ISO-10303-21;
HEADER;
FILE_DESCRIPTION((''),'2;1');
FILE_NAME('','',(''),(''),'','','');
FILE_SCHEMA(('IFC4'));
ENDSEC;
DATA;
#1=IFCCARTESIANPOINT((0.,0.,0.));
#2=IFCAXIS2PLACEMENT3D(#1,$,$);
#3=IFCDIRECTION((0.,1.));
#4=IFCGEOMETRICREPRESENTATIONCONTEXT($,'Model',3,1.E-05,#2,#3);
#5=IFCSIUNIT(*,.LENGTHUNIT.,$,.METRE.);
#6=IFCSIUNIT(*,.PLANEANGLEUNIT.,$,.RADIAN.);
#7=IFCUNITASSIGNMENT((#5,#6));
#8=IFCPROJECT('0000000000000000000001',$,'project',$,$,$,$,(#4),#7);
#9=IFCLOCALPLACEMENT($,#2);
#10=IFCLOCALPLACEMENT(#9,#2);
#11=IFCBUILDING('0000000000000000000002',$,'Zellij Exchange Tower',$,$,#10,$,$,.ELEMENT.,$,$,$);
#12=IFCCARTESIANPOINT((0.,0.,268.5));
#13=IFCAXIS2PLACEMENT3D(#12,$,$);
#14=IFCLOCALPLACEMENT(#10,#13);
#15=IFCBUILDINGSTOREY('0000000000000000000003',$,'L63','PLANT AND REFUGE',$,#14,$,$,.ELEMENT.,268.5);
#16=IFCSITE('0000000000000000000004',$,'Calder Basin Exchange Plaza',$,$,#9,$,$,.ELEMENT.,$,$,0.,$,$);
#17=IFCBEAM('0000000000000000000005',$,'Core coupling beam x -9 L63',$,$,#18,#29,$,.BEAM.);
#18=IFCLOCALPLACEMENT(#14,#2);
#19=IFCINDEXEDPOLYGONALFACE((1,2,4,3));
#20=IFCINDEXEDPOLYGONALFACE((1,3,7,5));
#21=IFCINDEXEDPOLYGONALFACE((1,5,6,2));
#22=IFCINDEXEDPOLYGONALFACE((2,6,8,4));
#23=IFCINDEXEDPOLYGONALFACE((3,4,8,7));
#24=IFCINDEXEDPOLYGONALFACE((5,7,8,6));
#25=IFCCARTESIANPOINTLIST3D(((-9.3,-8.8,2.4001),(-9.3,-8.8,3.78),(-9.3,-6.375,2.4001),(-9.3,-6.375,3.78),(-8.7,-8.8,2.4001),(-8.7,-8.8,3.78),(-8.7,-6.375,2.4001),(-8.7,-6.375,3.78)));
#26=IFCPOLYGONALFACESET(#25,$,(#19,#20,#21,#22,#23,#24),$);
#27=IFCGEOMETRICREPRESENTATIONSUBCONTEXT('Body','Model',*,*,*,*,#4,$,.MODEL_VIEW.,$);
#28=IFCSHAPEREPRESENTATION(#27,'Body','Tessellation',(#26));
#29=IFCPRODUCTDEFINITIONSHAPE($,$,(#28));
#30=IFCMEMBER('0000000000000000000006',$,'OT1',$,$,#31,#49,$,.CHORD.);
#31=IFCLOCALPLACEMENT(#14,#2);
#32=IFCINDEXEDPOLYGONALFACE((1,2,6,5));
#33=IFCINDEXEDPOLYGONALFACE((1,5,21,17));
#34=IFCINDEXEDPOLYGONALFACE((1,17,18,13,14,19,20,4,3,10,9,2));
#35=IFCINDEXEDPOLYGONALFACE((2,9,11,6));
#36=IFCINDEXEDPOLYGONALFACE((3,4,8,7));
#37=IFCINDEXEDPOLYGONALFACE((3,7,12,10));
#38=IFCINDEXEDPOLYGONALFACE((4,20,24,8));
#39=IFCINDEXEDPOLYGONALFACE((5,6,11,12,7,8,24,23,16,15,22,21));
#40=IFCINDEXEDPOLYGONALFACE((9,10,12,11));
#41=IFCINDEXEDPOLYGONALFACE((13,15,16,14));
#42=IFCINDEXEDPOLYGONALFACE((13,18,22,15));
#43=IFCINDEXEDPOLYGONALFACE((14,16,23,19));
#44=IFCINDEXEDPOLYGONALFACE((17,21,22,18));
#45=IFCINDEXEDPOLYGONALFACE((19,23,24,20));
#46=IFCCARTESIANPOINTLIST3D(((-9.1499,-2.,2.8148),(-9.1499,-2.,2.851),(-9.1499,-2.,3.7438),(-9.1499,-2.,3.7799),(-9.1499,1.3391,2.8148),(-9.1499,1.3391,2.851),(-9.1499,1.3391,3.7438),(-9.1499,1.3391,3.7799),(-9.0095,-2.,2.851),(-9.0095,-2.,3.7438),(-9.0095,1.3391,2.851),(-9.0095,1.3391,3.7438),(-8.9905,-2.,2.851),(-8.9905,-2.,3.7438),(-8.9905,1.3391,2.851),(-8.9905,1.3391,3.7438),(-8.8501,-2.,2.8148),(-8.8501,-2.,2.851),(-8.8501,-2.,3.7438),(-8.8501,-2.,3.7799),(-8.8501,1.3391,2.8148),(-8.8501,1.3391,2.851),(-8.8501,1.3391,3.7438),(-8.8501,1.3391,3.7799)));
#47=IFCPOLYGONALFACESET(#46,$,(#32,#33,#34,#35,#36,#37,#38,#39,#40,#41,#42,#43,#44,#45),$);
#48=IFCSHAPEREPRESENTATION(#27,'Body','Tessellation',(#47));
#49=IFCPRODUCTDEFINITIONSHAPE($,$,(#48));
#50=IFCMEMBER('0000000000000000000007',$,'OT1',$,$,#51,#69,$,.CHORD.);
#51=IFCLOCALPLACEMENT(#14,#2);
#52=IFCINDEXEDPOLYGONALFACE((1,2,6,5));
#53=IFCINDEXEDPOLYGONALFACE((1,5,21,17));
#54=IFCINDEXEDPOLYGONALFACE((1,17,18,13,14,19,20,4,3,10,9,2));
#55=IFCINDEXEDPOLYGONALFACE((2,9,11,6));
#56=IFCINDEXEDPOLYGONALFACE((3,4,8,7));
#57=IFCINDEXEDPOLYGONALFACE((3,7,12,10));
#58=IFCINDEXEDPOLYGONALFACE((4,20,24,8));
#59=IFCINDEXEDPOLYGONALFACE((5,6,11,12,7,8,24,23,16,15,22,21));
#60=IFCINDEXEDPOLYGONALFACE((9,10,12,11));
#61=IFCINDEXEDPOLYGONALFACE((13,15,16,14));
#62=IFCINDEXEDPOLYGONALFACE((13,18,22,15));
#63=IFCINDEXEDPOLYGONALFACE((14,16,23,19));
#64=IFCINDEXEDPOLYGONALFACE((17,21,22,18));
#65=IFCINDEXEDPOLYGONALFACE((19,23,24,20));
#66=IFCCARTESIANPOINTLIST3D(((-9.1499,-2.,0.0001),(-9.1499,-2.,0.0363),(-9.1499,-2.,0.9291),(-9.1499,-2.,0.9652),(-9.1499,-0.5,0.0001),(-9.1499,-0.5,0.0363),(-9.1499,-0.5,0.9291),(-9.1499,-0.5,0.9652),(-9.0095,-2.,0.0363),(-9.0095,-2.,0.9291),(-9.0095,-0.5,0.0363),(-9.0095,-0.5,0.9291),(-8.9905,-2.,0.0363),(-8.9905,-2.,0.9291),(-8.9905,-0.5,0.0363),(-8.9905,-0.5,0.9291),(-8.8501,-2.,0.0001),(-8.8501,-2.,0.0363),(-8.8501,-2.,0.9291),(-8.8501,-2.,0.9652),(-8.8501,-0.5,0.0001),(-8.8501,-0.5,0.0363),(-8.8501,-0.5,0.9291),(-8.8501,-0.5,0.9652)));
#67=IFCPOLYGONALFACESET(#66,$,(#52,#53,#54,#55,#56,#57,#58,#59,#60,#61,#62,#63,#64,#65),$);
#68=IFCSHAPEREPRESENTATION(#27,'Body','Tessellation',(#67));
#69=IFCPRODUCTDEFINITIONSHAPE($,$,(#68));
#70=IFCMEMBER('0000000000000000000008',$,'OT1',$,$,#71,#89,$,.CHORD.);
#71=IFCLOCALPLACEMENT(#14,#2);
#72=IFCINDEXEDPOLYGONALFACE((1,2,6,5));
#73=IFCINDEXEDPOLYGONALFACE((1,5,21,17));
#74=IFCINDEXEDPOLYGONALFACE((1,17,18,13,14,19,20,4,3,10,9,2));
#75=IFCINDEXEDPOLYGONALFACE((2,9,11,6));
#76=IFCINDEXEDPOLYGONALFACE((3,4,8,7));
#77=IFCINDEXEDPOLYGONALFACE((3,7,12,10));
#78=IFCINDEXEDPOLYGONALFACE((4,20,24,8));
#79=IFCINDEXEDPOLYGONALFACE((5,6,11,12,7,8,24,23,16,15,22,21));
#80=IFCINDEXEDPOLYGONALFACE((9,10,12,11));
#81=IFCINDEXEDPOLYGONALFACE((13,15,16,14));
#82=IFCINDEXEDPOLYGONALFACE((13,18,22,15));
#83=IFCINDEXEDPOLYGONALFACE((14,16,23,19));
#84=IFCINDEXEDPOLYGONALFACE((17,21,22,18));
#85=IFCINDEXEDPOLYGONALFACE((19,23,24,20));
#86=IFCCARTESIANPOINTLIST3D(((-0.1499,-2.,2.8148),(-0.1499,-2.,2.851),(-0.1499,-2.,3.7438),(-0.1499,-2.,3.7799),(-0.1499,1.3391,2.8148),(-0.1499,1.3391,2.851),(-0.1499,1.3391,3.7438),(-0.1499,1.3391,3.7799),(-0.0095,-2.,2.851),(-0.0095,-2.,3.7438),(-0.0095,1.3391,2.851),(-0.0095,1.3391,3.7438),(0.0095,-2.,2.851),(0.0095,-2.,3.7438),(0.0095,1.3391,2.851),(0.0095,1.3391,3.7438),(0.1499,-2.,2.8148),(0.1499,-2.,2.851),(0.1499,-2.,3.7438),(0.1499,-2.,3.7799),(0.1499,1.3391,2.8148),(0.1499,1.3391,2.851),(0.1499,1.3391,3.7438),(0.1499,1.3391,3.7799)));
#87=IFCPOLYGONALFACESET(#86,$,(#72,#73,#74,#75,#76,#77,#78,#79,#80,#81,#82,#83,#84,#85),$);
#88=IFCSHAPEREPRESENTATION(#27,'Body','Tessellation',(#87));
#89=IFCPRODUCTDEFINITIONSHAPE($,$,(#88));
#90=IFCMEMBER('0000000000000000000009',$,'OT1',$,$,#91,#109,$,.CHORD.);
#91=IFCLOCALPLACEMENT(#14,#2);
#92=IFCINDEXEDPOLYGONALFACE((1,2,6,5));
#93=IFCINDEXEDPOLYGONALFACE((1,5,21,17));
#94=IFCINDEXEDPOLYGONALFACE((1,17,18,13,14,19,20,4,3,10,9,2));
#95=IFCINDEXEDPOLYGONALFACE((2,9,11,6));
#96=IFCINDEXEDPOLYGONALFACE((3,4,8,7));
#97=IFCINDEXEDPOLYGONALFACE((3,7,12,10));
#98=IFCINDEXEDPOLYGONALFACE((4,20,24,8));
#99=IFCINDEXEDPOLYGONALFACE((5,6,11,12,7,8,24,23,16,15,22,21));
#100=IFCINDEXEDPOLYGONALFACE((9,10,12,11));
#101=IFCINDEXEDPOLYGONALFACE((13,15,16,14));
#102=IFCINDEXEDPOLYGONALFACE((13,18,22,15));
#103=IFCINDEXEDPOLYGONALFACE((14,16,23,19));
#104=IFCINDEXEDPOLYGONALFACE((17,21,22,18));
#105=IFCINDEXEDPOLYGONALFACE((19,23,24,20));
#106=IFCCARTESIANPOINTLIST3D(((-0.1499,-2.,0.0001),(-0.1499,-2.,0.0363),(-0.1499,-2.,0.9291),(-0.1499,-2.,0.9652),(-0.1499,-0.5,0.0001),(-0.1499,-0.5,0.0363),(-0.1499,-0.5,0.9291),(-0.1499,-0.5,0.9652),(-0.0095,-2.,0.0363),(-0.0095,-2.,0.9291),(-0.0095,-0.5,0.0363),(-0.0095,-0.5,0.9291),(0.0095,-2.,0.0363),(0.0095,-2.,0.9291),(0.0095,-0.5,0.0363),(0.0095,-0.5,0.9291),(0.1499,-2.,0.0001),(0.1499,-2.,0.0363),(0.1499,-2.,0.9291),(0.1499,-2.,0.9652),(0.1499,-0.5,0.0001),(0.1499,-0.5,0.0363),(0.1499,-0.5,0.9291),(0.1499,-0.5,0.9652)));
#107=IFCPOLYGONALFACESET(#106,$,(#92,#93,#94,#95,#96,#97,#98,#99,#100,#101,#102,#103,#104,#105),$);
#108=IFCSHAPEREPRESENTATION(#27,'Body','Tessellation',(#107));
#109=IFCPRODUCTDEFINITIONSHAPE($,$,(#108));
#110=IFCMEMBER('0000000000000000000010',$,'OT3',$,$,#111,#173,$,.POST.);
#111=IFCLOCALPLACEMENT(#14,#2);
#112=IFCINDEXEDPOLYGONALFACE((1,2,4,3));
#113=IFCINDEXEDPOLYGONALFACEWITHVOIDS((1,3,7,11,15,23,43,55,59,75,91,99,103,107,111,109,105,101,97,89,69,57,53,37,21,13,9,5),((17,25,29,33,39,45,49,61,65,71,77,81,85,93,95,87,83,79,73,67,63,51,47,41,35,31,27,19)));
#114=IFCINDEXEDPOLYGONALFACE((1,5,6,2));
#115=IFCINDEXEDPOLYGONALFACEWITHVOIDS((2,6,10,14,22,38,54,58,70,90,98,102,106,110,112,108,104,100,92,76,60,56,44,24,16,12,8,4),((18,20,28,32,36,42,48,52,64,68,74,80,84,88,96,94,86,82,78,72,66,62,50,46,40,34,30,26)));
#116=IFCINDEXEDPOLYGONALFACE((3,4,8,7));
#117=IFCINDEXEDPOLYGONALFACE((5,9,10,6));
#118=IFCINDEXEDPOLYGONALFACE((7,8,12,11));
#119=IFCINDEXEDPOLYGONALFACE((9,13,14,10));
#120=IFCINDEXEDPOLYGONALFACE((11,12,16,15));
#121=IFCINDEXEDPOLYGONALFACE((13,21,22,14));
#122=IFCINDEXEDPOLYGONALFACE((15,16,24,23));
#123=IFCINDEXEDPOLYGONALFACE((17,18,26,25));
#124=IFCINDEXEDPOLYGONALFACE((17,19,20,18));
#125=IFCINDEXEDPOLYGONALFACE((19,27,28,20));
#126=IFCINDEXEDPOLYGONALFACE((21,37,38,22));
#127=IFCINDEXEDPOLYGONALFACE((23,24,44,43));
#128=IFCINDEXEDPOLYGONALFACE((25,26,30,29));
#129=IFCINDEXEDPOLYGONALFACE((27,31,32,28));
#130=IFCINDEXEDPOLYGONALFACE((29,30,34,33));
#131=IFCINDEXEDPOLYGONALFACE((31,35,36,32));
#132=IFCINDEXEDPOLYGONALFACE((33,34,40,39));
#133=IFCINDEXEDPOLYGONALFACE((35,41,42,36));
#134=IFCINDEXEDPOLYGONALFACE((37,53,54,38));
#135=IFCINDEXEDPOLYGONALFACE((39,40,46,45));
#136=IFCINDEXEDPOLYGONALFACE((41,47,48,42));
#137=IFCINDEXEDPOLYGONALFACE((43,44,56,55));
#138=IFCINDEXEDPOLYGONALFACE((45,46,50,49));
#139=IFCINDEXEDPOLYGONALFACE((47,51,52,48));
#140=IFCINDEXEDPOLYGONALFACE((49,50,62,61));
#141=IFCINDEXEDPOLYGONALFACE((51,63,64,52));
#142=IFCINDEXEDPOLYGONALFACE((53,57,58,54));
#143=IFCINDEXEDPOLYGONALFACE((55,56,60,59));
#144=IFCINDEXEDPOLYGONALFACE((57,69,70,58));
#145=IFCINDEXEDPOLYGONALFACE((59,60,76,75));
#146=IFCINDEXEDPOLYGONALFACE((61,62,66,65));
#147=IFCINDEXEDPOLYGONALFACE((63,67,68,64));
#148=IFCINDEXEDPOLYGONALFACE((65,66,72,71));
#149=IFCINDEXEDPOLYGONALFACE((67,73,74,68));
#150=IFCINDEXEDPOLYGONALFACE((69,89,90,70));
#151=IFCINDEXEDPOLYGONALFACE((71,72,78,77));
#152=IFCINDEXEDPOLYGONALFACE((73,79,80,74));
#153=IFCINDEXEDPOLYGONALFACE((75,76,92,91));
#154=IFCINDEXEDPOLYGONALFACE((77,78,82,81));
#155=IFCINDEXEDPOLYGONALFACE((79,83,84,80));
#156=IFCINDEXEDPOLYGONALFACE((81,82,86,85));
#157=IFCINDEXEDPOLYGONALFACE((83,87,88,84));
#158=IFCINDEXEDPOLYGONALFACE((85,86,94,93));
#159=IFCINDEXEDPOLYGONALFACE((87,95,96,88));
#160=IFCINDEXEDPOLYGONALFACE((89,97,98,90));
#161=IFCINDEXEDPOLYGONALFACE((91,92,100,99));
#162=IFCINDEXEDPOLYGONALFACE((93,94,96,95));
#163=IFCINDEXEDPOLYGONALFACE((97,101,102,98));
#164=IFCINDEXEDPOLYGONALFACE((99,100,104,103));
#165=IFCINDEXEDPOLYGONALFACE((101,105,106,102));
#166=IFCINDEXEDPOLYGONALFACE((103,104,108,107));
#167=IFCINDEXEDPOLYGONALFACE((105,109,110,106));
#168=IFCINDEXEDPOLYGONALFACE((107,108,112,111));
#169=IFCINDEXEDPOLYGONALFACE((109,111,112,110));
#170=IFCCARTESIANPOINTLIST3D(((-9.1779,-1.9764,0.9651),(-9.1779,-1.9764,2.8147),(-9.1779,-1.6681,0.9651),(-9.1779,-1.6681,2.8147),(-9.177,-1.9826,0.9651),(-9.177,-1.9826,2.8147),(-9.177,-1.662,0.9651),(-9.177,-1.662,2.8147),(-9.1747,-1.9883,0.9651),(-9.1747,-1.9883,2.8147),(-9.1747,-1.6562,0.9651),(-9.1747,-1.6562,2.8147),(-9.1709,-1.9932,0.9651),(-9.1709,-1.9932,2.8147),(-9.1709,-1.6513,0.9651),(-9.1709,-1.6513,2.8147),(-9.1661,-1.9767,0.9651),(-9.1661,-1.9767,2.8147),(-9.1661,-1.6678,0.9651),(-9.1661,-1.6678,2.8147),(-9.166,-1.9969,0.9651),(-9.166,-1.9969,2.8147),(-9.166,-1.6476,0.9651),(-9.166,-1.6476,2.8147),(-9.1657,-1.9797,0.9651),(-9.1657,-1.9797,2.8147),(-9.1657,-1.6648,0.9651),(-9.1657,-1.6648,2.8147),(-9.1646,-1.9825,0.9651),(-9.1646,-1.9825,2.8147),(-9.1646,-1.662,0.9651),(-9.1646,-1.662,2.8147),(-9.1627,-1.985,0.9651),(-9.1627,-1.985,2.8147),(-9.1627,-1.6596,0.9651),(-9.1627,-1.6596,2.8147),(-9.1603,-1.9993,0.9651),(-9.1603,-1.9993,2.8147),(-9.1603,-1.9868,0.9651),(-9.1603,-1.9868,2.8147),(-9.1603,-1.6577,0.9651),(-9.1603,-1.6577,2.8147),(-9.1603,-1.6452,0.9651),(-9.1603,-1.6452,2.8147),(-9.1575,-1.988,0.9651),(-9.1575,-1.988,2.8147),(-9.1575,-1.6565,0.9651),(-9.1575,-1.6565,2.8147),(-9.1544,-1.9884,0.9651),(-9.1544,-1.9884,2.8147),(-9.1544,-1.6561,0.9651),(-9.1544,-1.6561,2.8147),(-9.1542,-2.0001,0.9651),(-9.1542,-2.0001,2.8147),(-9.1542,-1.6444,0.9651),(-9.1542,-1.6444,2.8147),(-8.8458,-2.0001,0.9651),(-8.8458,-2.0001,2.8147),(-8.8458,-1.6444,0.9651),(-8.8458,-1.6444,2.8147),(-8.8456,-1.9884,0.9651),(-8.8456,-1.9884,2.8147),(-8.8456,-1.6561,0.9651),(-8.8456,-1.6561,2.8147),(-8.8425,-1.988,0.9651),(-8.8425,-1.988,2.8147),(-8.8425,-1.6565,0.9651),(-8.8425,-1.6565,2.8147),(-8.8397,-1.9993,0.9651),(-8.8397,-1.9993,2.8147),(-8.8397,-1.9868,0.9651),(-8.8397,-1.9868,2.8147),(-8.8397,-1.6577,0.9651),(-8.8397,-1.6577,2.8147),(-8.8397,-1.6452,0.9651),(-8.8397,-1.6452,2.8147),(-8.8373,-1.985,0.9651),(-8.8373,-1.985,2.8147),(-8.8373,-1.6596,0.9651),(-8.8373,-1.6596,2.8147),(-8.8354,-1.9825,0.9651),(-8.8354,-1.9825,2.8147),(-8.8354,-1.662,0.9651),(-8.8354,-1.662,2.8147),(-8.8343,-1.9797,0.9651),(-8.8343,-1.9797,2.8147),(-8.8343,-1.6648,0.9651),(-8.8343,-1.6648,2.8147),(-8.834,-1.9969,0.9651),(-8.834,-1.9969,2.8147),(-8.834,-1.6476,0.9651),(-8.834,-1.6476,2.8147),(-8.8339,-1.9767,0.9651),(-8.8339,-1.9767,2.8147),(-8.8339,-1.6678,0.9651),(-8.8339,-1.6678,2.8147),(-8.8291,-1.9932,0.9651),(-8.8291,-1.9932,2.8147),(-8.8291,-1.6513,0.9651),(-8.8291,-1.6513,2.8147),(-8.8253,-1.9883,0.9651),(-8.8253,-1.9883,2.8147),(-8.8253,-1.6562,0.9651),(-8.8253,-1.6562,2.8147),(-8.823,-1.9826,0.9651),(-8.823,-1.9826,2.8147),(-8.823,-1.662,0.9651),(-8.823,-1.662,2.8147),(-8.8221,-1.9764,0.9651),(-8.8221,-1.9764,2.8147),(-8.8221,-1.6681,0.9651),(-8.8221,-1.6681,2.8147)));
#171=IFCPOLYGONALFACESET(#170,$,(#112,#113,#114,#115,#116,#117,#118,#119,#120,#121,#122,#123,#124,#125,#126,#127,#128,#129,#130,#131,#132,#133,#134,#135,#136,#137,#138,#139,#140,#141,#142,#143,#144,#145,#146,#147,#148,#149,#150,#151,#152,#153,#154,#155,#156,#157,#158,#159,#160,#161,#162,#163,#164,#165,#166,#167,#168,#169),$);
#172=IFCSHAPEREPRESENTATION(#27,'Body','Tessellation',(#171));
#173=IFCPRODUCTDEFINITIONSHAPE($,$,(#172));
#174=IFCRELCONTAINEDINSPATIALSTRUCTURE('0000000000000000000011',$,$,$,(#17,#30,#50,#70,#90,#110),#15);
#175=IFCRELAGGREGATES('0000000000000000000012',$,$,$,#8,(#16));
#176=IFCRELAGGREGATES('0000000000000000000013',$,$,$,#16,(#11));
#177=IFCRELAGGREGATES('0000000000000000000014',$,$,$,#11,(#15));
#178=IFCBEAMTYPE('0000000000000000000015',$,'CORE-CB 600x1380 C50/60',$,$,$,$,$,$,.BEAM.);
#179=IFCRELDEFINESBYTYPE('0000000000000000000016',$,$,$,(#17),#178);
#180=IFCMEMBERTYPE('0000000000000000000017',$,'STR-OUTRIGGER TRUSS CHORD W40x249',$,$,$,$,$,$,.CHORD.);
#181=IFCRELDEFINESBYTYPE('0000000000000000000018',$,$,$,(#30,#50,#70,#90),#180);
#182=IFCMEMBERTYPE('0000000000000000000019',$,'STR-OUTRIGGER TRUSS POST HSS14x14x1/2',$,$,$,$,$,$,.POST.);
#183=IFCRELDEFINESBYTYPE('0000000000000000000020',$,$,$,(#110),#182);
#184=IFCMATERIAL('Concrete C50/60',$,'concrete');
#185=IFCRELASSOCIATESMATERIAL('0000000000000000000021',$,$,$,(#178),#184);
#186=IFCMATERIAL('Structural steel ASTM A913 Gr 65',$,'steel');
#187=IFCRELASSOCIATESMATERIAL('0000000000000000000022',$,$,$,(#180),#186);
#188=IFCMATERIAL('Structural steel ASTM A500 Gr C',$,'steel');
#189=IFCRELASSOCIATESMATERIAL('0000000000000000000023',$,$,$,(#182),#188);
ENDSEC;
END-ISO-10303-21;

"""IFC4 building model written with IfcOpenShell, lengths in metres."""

from ifc_helpers import new_model, si_unit, direction, frame, origin, origin_2d, place, context, subcontext, project, spatial, rectangle, hollow_rectangle, i_section, extrude, material, material_profile, profile_set, type_object, element, save


model = new_model("IFC4")

# Units and contexts
model_context = context("Model", 3, precision=1e-05, world=origin(), true_north=direction((0.0, 1.0)))
body_context = subcontext(model_context, "Body", "Model", "MODEL_VIEW")
ifc_project = project(units=[si_unit("LENGTHUNIT", "METRE"), si_unit("PLANEANGLEUNIT", "RADIAN")], contexts=[model_context])

# Site, building, storey
site_placement = place(None, origin())
site = spatial("IfcSite", under=ifc_project, at=site_placement, Name="Calder Basin Exchange Plaza", CompositionType="ELEMENT", RefElevation=0.0)
building_placement = place(site_placement, origin())
building = spatial("IfcBuilding", under=site, at=building_placement, Name="Zellij Exchange Tower", CompositionType="ELEMENT")
storey_placement = place(building_placement, frame((0.0, 0.0, 268.5)))
storey = spatial("IfcBuildingStorey", under=building, at=storey_placement, Name="L63", Description="PLANT AND REFUGE", CompositionType="ELEMENT", Elevation=268.5)

# Beam
ifc_material_1 = material(Name="Concrete C50/60", Category="concrete")
ifc_material_profile_1 = material_profile(ifc_material_1, rectangle(XDim=0.6001, YDim=1.3799, at=origin_2d()), Name="CORE-CB 600x1380 C50/60")
ifc_profile_set_1 = profile_set([ifc_material_profile_1], Name="Concrete C50/60")
beam_type = type_object("IfcBeamType", Name="CORE-CB 600x1380 C50/60", PredefinedType="BEAM", material=ifc_profile_set_1)
beam_placement = place(storey_placement, frame((-9.0, -8.8, 3.0901), z_axis=(0.0, 1.0, 0.0), x_axis=(-1.0, 0.0, 0.0)))
element("IfcBeam", 1, at=beam_placement, inside=storey, type_object=beam_type, Name="Core coupling beam x -9 L63", PredefinedType="BEAM", context=body_context, shape_type="SweptSolid", body=[
    extrude(rectangle(XDim=0.6001, YDim=1.3799, at=origin_2d()), origin(), (0.0, 0.0, 1.0), 2.425),
])

# Members
ifc_material_2 = material(Name="Structural steel ASTM A913 Gr 65", Category="steel")
ifc_material_profile_2 = material_profile(ifc_material_2, i_section(OverallWidth=0.2998, OverallDepth=0.9651, WebThickness=0.019, FlangeThickness=0.0361, at=origin_2d()), Name="W40x249")
ifc_profile_set_2 = profile_set([ifc_material_profile_2], Name="Structural steel ASTM A913 Gr 65")
member_type_1 = type_object("IfcMemberType", Name="STR-OUTRIGGER TRUSS CHORD W40x249", PredefinedType="CHORD", material=ifc_profile_set_2)
member_1_placement = place(storey_placement, frame((-9.0, -2.0, 3.2974), z_axis=(0.0, 1.0, 0.0), x_axis=(-1.0, 0.0, 0.0)))
element("IfcMember", 2, at=member_1_placement, inside=storey, type_object=member_type_1, Name="OT1", PredefinedType="CHORD", context=body_context, shape_type="SweptSolid", body=[
    extrude(i_section(OverallWidth=0.2998, OverallDepth=0.9651, WebThickness=0.019, FlangeThickness=0.0361, at=origin_2d()), origin(), (0.0, 0.0, 1.0), 3.3391),
])
member_2_placement = place(storey_placement, frame((-9.0, -2.0, 0.4827), z_axis=(0.0, 1.0, 0.0), x_axis=(-1.0, 0.0, 0.0)))
element("IfcMember", 3, at=member_2_placement, inside=storey, type_object=member_type_1, Name="OT1", PredefinedType="CHORD", context=body_context, shape_type="SweptSolid", body=[
    extrude(i_section(OverallWidth=0.2998, OverallDepth=0.9651, WebThickness=0.019, FlangeThickness=0.0361, at=origin_2d()), origin(), (0.0, 0.0, 1.0), 1.5),
])
member_3_placement = place(storey_placement, frame((0.0, -2.0, 3.2974), z_axis=(0.0, 1.0, 0.0), x_axis=(-1.0, 0.0, 0.0)))
element("IfcMember", 4, at=member_3_placement, inside=storey, type_object=member_type_1, Name="OT1", PredefinedType="CHORD", context=body_context, shape_type="SweptSolid", body=[
    extrude(i_section(OverallWidth=0.2998, OverallDepth=0.9651, WebThickness=0.019, FlangeThickness=0.0361, at=origin_2d()), origin(), (0.0, 0.0, 1.0), 3.3391),
])
member_4_placement = place(storey_placement, frame((0.0, -2.0, 0.4827), z_axis=(0.0, 1.0, 0.0), x_axis=(-1.0, 0.0, 0.0)))
element("IfcMember", 5, at=member_4_placement, inside=storey, type_object=member_type_1, Name="OT1", PredefinedType="CHORD", context=body_context, shape_type="SweptSolid", body=[
    extrude(i_section(OverallWidth=0.2998, OverallDepth=0.9651, WebThickness=0.019, FlangeThickness=0.0361, at=origin_2d()), origin(), (0.0, 0.0, 1.0), 1.5),
])
ifc_material_3 = material(Name="Structural steel ASTM A500 Gr C", Category="steel")
ifc_material_profile_3 = material_profile(ifc_material_3, hollow_rectangle(XDim=0.3557, YDim=0.3557, WallThickness=0.0117, InnerFilletRadius=0.0117, OuterFilletRadius=0.0237, at=origin_2d()), Name="STR-OUTRIGGER TRUSS POST HSS14x14x1/2")
ifc_profile_set_3 = profile_set([ifc_material_profile_3], Name="Structural steel ASTM A500 Gr C")
member_type_2 = type_object("IfcMemberType", Name="STR-OUTRIGGER TRUSS POST HSS14x14x1/2", PredefinedType="POST", material=ifc_profile_set_3)
member_5_placement = place(storey_placement, frame((-9.0, -1.8223, 0.9651), z_axis=(0.0, 0.0, 1.0), x_axis=(1.0, 0.0, 0.0)))
element("IfcMember", 6, at=member_5_placement, inside=storey, type_object=member_type_2, Name="OT3", PredefinedType="POST", context=body_context, shape_type="SweptSolid", body=[
    extrude(hollow_rectangle(XDim=0.3557, YDim=0.3557, WallThickness=0.0117, InnerFilletRadius=0.0117, OuterFilletRadius=0.0237, at=origin_2d()), origin(), (0.0, 0.0, 1.0), 1.8496),
])

save(model, "model.ifc")
